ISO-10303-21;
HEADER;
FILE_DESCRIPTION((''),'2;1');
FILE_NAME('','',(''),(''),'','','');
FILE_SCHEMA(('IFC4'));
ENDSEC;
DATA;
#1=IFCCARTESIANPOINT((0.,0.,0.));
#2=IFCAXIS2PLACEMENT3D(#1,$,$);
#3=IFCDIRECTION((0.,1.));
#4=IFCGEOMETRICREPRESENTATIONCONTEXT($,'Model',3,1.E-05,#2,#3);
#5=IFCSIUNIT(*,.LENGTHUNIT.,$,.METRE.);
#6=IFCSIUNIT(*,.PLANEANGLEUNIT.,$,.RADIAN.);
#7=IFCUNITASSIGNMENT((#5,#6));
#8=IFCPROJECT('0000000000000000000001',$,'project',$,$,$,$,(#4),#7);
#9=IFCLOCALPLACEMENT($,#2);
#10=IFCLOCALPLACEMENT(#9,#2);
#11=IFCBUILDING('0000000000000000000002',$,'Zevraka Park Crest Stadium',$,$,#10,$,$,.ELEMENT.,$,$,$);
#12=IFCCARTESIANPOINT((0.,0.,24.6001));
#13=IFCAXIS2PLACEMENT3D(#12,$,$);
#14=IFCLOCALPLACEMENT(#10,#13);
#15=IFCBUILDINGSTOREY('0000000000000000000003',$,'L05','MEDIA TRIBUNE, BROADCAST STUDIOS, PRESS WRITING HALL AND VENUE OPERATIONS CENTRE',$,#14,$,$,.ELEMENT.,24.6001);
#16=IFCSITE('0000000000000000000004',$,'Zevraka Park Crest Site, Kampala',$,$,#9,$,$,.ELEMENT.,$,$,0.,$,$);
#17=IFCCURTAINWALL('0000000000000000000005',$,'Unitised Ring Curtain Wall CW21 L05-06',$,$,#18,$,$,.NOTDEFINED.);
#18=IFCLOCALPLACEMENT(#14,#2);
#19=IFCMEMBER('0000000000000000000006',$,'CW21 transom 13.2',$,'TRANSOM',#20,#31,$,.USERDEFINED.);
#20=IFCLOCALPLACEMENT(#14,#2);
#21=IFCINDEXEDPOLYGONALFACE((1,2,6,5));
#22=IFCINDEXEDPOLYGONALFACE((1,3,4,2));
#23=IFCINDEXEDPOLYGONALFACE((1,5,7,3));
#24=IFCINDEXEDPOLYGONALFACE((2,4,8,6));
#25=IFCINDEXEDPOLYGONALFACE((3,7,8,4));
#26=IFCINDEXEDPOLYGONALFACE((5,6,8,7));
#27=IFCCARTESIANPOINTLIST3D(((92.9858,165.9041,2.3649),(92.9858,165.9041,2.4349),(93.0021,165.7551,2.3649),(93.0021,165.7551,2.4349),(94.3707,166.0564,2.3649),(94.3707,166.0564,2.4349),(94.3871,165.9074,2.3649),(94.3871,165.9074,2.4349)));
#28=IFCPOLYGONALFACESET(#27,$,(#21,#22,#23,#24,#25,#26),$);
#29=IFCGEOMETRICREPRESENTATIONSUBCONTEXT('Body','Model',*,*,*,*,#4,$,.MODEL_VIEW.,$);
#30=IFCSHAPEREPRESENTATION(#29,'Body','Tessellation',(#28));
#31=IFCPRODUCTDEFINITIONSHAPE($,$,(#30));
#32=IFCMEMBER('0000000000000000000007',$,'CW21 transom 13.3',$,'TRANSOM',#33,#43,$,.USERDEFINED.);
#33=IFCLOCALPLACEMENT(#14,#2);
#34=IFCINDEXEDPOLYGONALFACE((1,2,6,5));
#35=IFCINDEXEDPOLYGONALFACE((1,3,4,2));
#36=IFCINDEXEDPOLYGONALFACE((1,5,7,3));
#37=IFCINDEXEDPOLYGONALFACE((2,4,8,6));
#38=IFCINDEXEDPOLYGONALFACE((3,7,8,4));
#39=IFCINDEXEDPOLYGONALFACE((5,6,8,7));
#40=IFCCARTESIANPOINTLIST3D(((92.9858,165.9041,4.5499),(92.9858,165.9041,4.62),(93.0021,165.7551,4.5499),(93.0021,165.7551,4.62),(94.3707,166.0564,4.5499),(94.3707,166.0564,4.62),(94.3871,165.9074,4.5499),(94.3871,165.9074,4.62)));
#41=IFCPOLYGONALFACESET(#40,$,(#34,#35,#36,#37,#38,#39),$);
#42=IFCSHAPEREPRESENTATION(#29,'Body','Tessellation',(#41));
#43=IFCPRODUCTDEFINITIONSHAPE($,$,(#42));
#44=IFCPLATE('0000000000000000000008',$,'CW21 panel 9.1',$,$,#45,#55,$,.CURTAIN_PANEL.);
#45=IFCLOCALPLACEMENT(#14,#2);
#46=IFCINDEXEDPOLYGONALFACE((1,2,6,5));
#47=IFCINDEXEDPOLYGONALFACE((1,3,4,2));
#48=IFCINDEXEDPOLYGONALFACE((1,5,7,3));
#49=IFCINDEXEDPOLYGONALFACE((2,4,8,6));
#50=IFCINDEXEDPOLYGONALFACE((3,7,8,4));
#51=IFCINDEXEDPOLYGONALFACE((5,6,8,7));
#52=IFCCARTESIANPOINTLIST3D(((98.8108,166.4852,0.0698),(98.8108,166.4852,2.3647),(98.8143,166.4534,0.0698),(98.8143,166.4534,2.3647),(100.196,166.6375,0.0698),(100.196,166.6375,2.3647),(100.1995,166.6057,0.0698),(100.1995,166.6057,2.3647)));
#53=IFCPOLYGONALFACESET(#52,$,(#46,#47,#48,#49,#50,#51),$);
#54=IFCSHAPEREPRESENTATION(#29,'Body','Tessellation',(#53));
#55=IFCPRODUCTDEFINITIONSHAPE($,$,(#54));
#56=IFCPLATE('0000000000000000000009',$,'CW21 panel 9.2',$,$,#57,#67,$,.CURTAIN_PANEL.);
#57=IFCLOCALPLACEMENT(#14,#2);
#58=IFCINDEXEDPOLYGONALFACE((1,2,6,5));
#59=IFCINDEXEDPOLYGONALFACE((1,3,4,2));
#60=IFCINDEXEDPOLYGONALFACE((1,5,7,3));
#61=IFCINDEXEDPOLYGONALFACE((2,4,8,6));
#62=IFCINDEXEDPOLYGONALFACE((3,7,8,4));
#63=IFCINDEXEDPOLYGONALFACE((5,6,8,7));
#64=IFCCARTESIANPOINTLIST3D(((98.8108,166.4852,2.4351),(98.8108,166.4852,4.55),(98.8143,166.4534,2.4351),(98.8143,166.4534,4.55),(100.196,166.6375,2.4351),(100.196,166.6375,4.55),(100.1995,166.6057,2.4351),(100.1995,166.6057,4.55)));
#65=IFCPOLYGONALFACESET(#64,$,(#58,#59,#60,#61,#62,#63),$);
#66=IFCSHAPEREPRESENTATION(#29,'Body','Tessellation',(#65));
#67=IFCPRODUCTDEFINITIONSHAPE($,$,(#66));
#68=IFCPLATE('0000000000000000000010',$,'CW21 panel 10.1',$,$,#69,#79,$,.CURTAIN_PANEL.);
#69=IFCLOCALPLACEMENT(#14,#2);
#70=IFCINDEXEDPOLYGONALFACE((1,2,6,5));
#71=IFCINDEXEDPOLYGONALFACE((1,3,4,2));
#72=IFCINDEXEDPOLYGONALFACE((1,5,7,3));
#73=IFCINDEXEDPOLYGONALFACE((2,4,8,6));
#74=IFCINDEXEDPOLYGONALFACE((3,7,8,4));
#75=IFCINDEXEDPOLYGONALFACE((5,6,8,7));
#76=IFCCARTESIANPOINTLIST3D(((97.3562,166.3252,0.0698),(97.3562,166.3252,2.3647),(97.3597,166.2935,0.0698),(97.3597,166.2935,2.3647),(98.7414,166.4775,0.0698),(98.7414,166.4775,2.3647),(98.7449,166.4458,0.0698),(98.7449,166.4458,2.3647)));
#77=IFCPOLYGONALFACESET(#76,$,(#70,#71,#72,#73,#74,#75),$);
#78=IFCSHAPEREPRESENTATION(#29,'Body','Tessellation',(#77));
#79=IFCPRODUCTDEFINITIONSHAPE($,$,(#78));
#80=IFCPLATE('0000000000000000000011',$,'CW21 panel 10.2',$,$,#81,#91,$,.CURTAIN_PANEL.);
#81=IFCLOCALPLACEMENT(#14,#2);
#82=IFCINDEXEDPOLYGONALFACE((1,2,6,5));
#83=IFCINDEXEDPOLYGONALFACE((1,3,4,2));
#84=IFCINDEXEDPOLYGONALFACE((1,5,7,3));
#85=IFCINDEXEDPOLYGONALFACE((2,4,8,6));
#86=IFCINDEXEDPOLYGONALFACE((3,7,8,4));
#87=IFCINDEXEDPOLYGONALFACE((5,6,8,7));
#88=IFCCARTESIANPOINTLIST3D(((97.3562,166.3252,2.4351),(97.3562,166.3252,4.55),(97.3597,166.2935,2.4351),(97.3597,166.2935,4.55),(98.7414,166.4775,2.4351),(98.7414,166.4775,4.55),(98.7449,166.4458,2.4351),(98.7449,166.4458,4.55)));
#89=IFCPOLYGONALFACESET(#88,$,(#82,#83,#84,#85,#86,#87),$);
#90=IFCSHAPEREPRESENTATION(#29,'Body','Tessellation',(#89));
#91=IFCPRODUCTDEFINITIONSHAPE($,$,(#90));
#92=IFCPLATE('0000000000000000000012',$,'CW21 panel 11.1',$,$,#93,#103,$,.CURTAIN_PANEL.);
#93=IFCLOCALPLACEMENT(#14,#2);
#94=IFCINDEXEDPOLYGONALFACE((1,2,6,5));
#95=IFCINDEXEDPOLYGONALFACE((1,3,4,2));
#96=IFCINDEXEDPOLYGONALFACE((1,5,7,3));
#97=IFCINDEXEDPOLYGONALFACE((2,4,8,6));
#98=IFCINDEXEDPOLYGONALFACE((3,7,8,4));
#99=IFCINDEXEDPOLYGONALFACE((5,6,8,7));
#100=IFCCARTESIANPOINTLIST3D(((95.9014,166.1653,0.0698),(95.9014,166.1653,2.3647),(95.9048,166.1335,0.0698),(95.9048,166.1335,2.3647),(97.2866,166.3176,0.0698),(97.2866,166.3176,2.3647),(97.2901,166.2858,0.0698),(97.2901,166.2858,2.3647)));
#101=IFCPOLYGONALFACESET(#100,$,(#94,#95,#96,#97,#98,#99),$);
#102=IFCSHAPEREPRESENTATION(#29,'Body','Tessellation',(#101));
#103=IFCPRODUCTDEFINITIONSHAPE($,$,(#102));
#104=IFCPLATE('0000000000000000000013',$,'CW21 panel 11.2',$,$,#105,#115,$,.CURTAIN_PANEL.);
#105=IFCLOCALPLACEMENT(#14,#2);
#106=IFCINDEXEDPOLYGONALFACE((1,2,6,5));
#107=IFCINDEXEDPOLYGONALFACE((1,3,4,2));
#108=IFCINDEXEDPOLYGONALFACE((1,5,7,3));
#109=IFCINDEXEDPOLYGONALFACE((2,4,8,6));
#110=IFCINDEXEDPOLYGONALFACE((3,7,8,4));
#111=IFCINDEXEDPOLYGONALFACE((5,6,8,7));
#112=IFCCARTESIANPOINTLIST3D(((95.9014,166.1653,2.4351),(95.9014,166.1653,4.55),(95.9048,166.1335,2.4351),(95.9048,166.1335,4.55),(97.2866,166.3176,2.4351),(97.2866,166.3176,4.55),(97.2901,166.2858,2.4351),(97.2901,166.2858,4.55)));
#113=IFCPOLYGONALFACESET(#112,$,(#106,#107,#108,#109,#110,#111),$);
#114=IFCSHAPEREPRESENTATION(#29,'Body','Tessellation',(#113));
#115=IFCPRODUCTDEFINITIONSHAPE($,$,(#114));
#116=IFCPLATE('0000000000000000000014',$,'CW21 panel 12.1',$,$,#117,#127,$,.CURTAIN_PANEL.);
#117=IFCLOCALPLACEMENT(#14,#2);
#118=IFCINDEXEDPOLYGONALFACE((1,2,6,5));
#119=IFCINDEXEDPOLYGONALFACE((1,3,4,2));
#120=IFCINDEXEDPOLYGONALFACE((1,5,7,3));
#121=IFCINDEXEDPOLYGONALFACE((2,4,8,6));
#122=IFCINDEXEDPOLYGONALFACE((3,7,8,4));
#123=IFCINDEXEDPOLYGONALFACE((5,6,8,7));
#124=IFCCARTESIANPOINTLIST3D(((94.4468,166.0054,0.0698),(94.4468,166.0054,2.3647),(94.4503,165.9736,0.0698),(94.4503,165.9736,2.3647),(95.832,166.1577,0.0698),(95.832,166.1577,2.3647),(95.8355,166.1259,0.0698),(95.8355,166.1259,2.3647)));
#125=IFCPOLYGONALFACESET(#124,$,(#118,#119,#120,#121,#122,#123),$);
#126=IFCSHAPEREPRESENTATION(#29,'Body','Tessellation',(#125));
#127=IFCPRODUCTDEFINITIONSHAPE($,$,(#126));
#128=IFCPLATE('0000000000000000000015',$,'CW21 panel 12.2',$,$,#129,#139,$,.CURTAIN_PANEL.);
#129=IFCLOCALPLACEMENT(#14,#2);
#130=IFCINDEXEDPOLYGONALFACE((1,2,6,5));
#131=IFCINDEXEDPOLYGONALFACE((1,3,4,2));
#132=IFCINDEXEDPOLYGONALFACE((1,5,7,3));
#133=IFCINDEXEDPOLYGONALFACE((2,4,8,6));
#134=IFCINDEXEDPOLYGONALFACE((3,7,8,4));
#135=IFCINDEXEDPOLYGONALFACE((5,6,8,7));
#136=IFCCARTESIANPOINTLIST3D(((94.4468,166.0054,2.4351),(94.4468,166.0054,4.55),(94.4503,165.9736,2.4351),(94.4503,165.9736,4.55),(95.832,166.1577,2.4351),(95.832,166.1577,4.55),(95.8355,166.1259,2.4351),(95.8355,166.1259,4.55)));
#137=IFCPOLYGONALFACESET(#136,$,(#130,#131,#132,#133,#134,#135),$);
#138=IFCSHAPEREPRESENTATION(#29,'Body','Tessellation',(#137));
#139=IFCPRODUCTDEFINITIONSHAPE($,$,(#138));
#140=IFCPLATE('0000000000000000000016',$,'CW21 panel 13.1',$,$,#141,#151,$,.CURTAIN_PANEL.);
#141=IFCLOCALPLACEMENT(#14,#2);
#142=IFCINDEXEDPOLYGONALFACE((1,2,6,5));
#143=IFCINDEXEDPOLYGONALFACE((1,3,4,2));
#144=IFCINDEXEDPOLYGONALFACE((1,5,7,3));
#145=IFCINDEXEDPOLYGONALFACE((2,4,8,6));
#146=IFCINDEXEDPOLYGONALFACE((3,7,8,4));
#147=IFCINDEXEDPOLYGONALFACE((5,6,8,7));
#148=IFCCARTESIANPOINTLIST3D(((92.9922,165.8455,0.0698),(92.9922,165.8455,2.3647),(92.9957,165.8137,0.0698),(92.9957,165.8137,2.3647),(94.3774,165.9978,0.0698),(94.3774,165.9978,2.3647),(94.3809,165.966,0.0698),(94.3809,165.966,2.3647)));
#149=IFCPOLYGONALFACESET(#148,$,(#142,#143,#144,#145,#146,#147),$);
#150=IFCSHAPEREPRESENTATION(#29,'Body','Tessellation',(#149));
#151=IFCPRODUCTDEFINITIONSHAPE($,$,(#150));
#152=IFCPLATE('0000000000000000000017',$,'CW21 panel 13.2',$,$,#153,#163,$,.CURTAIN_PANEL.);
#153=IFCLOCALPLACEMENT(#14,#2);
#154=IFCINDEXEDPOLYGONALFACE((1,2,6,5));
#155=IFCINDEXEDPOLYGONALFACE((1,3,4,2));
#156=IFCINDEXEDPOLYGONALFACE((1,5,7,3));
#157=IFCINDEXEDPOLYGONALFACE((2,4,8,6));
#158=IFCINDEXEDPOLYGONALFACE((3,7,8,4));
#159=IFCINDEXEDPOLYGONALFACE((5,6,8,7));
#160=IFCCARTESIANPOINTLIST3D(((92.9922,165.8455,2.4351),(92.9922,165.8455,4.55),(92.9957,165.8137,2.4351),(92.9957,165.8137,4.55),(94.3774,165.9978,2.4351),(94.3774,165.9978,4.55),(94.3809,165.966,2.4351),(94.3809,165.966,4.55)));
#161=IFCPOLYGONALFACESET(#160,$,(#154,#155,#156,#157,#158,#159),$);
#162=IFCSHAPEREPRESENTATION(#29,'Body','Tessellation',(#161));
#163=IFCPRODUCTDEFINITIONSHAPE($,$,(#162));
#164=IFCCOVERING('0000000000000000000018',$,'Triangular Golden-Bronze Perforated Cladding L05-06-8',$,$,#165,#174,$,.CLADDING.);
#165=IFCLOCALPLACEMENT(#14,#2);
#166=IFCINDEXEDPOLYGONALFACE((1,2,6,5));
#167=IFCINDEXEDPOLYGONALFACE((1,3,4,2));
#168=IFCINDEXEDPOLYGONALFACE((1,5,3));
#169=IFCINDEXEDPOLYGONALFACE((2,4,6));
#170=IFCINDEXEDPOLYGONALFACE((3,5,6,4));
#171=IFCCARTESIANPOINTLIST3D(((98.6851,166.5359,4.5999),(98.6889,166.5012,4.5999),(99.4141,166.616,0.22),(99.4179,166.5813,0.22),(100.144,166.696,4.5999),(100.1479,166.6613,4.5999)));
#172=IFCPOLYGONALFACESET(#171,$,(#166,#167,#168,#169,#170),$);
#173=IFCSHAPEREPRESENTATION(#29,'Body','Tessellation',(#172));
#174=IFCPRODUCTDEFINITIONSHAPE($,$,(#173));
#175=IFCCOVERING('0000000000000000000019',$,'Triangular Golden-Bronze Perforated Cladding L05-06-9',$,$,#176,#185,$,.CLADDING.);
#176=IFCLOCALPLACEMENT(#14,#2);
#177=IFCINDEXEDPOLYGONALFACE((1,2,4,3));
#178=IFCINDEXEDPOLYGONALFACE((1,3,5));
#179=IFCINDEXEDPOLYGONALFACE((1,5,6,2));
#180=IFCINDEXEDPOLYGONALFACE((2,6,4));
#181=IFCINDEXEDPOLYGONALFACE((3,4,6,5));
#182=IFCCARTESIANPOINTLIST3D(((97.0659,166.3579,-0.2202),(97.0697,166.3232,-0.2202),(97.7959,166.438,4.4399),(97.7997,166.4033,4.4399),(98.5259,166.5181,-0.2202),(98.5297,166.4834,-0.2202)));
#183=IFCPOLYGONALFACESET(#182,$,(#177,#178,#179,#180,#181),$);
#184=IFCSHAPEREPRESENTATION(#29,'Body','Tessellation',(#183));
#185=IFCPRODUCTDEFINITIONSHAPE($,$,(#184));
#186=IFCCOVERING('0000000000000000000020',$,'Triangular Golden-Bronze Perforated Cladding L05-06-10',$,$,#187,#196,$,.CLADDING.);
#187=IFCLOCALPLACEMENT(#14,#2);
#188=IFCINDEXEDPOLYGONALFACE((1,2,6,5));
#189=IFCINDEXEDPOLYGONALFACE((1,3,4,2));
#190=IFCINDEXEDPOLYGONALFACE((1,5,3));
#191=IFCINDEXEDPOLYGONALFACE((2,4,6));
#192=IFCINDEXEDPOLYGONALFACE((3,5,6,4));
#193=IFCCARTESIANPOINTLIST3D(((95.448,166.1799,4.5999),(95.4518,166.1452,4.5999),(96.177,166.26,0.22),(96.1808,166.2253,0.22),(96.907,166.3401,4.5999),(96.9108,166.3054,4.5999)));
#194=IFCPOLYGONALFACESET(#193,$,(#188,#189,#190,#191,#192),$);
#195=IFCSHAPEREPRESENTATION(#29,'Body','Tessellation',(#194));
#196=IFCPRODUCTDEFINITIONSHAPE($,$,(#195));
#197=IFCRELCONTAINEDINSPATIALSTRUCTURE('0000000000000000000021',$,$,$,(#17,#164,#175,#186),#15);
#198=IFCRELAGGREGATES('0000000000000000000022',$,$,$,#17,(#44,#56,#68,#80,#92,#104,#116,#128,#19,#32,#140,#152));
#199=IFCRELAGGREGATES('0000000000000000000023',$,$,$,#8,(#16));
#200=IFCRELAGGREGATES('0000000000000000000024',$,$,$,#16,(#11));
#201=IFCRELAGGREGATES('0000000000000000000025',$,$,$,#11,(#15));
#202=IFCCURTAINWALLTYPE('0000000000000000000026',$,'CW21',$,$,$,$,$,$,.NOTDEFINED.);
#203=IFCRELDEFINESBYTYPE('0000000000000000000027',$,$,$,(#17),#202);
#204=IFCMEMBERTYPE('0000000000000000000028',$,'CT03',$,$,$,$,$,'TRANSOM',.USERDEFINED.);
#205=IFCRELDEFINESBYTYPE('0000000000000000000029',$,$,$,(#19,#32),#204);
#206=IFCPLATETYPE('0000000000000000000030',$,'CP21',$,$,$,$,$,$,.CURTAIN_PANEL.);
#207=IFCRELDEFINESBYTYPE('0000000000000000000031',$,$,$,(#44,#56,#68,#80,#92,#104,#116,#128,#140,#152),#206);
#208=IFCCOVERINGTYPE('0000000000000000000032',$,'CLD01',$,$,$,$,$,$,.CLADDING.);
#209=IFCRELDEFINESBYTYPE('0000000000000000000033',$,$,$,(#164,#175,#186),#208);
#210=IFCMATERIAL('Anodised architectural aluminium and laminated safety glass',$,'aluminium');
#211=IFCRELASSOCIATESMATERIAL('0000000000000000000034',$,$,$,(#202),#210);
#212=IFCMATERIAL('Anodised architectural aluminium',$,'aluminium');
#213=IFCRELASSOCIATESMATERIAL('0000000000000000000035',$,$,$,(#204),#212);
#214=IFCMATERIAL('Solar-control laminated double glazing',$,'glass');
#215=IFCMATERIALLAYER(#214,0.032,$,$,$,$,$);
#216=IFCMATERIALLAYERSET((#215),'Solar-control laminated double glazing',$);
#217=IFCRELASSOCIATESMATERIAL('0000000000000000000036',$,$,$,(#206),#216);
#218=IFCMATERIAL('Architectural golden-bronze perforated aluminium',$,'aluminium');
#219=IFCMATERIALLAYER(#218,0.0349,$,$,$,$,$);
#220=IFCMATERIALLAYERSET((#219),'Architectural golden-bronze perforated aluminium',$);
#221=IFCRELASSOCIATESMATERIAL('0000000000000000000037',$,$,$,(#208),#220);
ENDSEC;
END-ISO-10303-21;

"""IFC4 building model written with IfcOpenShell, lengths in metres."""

from ifc_helpers import new_model, si_unit, direction, frame, origin, origin_2d, place, context, subcontext, project, spatial, polyline, rectangle, outline, extrude, material, layer, layer_set, material_profile, profile_set, type_object, element, aggregate, save


model = new_model("IFC4")

# Units and contexts
model_context = context("Model", 3, precision=1e-05, world=origin(), true_north=direction((0.0, 1.0)))
body_context = subcontext(model_context, "Body", "Model", "MODEL_VIEW")
ifc_project = project(units=[si_unit("LENGTHUNIT", "METRE"), si_unit("PLANEANGLEUNIT", "RADIAN")], contexts=[model_context])

# Site, building, storey
site_placement = place(None, origin())
site = spatial("IfcSite", under=ifc_project, at=site_placement, Name="Zevraka Park Crest Site, Kampala", CompositionType="ELEMENT", RefElevation=0.0)
building_placement = place(site_placement, origin())
building = spatial("IfcBuilding", under=site, at=building_placement, Name="Zevraka Park Crest Stadium", CompositionType="ELEMENT")
storey_placement = place(building_placement, frame((0.0, 0.0, 24.6001)))
storey = spatial("IfcBuildingStorey", under=building, at=storey_placement, Name="L05", Description="MEDIA TRIBUNE, BROADCAST STUDIOS, PRESS WRITING HALL AND VENUE OPERATIONS CENTRE", CompositionType="ELEMENT", Elevation=24.6001)

# Curtain wall, members, plates
ifc_material_1 = material(Name="Anodised architectural aluminium and laminated safety glass", Category="aluminium")
curtain_wall_type = type_object("IfcCurtainWallType", Name="CW21", PredefinedType="NOTDEFINED", material=ifc_material_1)
curtain_wall_placement = place(storey_placement, origin())
curtain_wall = element("IfcCurtainWall", 1, at=curtain_wall_placement, inside=storey, type_object=curtain_wall_type, Name="Unitised Ring Curtain Wall CW21 L05-06", PredefinedType="NOTDEFINED")
ifc_material_2 = material(Name="Anodised architectural aluminium", Category="aluminium")
ifc_material_profile_1 = material_profile(ifc_material_2, rectangle(XDim=0.1499, YDim=0.0701, at=origin_2d()), Name="ALU TRANSOM 150x70")
ifc_profile_set_1 = profile_set([ifc_material_profile_1], Name="Anodised architectural aluminium")
member_type_1 = type_object("IfcMemberType", Name="CT03", ElementType="TRANSOM", PredefinedType="USERDEFINED", material=ifc_profile_set_1)
member_1_placement = place(storey_placement, frame((94.3789, 165.9819, 2.3999), z_axis=(-0.994005, -0.109335, 0.0), x_axis=(0.109335, -0.994005, 0.0)))
member_1 = element("IfcMember", 2, at=member_1_placement, type_object=member_type_1, Name="CW21 transom 13.2", ObjectType="TRANSOM", PredefinedType="USERDEFINED", context=body_context, shape_type="SweptSolid", body=[
    extrude(rectangle(XDim=0.1499, YDim=0.0701, at=origin_2d()), origin(), (0.0, 0.0, 1.0), 1.3933),
])
member_2_placement = place(storey_placement, frame((94.3789, 165.9819, 4.585), z_axis=(-0.994005, -0.109335, 0.0), x_axis=(0.109335, -0.994005, 0.0)))
member_2 = element("IfcMember", 3, at=member_2_placement, type_object=member_type_1, Name="CW21 transom 13.3", ObjectType="TRANSOM", PredefinedType="USERDEFINED", context=body_context, shape_type="SweptSolid", body=[
    extrude(rectangle(XDim=0.1499, YDim=0.0701, at=origin_2d()), origin(), (0.0, 0.0, 1.0), 1.3933),
])
ifc_material_3 = material(Name="Solar-control laminated double glazing", Category="glass")
ifc_layer_1 = layer(ifc_material_3, 0.032)
ifc_layer_set_1 = layer_set([ifc_layer_1], Name="Solar-control laminated double glazing")
plate_type = type_object("IfcPlateType", Name="CP21", PredefinedType="CURTAIN_PANEL", material=ifc_layer_set_1)
plate_1_placement = place(storey_placement, frame((99.5051, 166.5454, 0.0698), z_axis=(0.0, 0.0, 1.0), x_axis=(-0.99401, -0.109288, 0.0)))
plate_1 = element("IfcPlate", 4, at=plate_1_placement, type_object=plate_type, Name="CW21 panel 9.1", PredefinedType="CURTAIN_PANEL", context=body_context, shape_type="SweptSolid", body=[
    extrude(rectangle(XDim=1.3936, YDim=0.032, at=origin_2d()), origin(), (0.0, 0.0, 1.0), 2.2949),
])
plate_2_placement = place(storey_placement, frame((99.5051, 166.5454, 2.4351), z_axis=(0.0, 0.0, 1.0), x_axis=(-0.99401, -0.109288, 0.0)))
plate_2 = element("IfcPlate", 5, at=plate_2_placement, type_object=plate_type, Name="CW21 panel 9.2", PredefinedType="CURTAIN_PANEL", context=body_context, shape_type="SweptSolid", body=[
    extrude(rectangle(XDim=1.3936, YDim=0.032, at=origin_2d()), origin(), (0.0, 0.0, 1.0), 2.115),
])
plate_3_placement = place(storey_placement, frame((98.0505, 166.3855, 0.0698), z_axis=(0.0, 0.0, 1.0), x_axis=(-0.99401, -0.109288, 0.0)))
plate_3 = element("IfcPlate", 6, at=plate_3_placement, type_object=plate_type, Name="CW21 panel 10.1", PredefinedType="CURTAIN_PANEL", context=body_context, shape_type="SweptSolid", body=[
    extrude(rectangle(XDim=1.3936, YDim=0.032, at=origin_2d()), origin(), (0.0, 0.0, 1.0), 2.2949),
])
plate_4_placement = place(storey_placement, frame((98.0505, 166.3855, 2.4351), z_axis=(0.0, 0.0, 1.0), x_axis=(-0.99401, -0.109288, 0.0)))
plate_4 = element("IfcPlate", 7, at=plate_4_placement, type_object=plate_type, Name="CW21 panel 10.2", PredefinedType="CURTAIN_PANEL", context=body_context, shape_type="SweptSolid", body=[
    extrude(rectangle(XDim=1.3936, YDim=0.032, at=origin_2d()), origin(), (0.0, 0.0, 1.0), 2.115),
])
plate_5_placement = place(storey_placement, frame((96.5957, 166.2256, 0.0698), z_axis=(0.0, 0.0, 1.0), x_axis=(-0.99401, -0.109288, 0.0)))
plate_5 = element("IfcPlate", 8, at=plate_5_placement, type_object=plate_type, Name="CW21 panel 11.1", PredefinedType="CURTAIN_PANEL", context=body_context, shape_type="SweptSolid", body=[
    extrude(rectangle(XDim=1.3936, YDim=0.032, at=origin_2d()), origin(), (0.0, 0.0, 1.0), 2.2949),
])
plate_6_placement = place(storey_placement, frame((96.5957, 166.2256, 2.4351), z_axis=(0.0, 0.0, 1.0), x_axis=(-0.99401, -0.109288, 0.0)))
plate_6 = element("IfcPlate", 9, at=plate_6_placement, type_object=plate_type, Name="CW21 panel 11.2", PredefinedType="CURTAIN_PANEL", context=body_context, shape_type="SweptSolid", body=[
    extrude(rectangle(XDim=1.3936, YDim=0.032, at=origin_2d()), origin(), (0.0, 0.0, 1.0), 2.115),
])
plate_7_placement = place(storey_placement, frame((95.1411, 166.0657, 0.0698), z_axis=(0.0, 0.0, 1.0), x_axis=(-0.99401, -0.109288, 0.0)))
plate_7 = element("IfcPlate", 10, at=plate_7_placement, type_object=plate_type, Name="CW21 panel 12.1", PredefinedType="CURTAIN_PANEL", context=body_context, shape_type="SweptSolid", body=[
    extrude(rectangle(XDim=1.3936, YDim=0.032, at=origin_2d()), origin(), (0.0, 0.0, 1.0), 2.2949),
])
plate_8_placement = place(storey_placement, frame((95.1411, 166.0657, 2.4351), z_axis=(0.0, 0.0, 1.0), x_axis=(-0.99401, -0.109288, 0.0)))
plate_8 = element("IfcPlate", 11, at=plate_8_placement, type_object=plate_type, Name="CW21 panel 12.2", PredefinedType="CURTAIN_PANEL", context=body_context, shape_type="SweptSolid", body=[
    extrude(rectangle(XDim=1.3936, YDim=0.032, at=origin_2d()), origin(), (0.0, 0.0, 1.0), 2.115),
])
plate_9_placement = place(storey_placement, frame((93.6865, 165.9058, 0.0698), z_axis=(0.0, 0.0, 1.0), x_axis=(-0.99401, -0.109288, 0.0)))
plate_9 = element("IfcPlate", 12, at=plate_9_placement, type_object=plate_type, Name="CW21 panel 13.1", PredefinedType="CURTAIN_PANEL", context=body_context, shape_type="SweptSolid", body=[
    extrude(rectangle(XDim=1.3936, YDim=0.032, at=origin_2d()), origin(), (0.0, 0.0, 1.0), 2.2949),
])
plate_10_placement = place(storey_placement, frame((93.6865, 165.9058, 2.4351), z_axis=(0.0, 0.0, 1.0), x_axis=(-0.99401, -0.109288, 0.0)))
plate_10 = element("IfcPlate", 13, at=plate_10_placement, type_object=plate_type, Name="CW21 panel 13.2", PredefinedType="CURTAIN_PANEL", context=body_context, shape_type="SweptSolid", body=[
    extrude(rectangle(XDim=1.3936, YDim=0.032, at=origin_2d()), origin(), (0.0, 0.0, 1.0), 2.115),
])
aggregate(curtain_wall, [plate_1, plate_2, plate_3, plate_4, plate_5, plate_6, plate_7, plate_8, member_1, member_2, plate_9, plate_10])

# Coverings
ifc_material_4 = material(Name="Architectural golden-bronze perforated aluminium", Category="aluminium")
ifc_layer_2 = layer(ifc_material_4, 0.0349)
ifc_layer_set_2 = layer_set([ifc_layer_2], Name="Architectural golden-bronze perforated aluminium")
covering_type = type_object("IfcCoveringType", Name="CLD01", PredefinedType="CLADDING", material=ifc_layer_set_2)
covering_1_placement = place(storey_placement, frame((98.6851, 166.5359, 4.5999), z_axis=(-0.109117, 0.994029, 0.000012), x_axis=(0.994029, 0.109117, 0.0)))
element("IfcCovering", 14, at=covering_1_placement, inside=storey, type_object=covering_type, Name="Triangular Golden-Bronze Perforated Cladding L05-06-8", PredefinedType="CLADDING", context=body_context, shape_type="SweptSolid", body=[
    extrude(outline(polyline([(0.0, 0.0), (1.4677, 0.0), (0.7334, 4.3799), (0.0, 0.0)])), origin(), (0.0, 0.0, -1.0), 0.0349),
])
covering_2_placement = place(storey_placement, frame((98.5259, 166.5181, -0.2202), z_axis=(-0.109045, 0.994037, 0.0), x_axis=(-0.994037, -0.109045, 0.0)))
element("IfcCovering", 15, at=covering_2_placement, inside=storey, type_object=covering_type, Name="Triangular Golden-Bronze Perforated Cladding L05-06-9", PredefinedType="CLADDING", context=body_context, shape_type="SweptSolid", body=[
    extrude(outline(polyline([(0.0, 0.0), (1.4687, 0.0), (0.7344, 4.6602), (0.0, 0.0)])), origin(), (0.0, 0.0, -1.0), 0.0349),
])
covering_3_placement = place(storey_placement, frame((95.448, 166.1799, 4.5999), z_axis=(-0.109117, 0.994029, 0.000012), x_axis=(0.994029, 0.109117, 0.0)))
element("IfcCovering", 16, at=covering_3_placement, inside=storey, type_object=covering_type, Name="Triangular Golden-Bronze Perforated Cladding L05-06-10", PredefinedType="CLADDING", context=body_context, shape_type="SweptSolid", body=[
    extrude(outline(polyline([(0.0, 0.0), (1.4677, 0.0), (0.7334, 4.3799), (0.0, 0.0)])), origin(), (0.0, 0.0, -1.0), 0.0349),
])

save(model, "model.ifc")
